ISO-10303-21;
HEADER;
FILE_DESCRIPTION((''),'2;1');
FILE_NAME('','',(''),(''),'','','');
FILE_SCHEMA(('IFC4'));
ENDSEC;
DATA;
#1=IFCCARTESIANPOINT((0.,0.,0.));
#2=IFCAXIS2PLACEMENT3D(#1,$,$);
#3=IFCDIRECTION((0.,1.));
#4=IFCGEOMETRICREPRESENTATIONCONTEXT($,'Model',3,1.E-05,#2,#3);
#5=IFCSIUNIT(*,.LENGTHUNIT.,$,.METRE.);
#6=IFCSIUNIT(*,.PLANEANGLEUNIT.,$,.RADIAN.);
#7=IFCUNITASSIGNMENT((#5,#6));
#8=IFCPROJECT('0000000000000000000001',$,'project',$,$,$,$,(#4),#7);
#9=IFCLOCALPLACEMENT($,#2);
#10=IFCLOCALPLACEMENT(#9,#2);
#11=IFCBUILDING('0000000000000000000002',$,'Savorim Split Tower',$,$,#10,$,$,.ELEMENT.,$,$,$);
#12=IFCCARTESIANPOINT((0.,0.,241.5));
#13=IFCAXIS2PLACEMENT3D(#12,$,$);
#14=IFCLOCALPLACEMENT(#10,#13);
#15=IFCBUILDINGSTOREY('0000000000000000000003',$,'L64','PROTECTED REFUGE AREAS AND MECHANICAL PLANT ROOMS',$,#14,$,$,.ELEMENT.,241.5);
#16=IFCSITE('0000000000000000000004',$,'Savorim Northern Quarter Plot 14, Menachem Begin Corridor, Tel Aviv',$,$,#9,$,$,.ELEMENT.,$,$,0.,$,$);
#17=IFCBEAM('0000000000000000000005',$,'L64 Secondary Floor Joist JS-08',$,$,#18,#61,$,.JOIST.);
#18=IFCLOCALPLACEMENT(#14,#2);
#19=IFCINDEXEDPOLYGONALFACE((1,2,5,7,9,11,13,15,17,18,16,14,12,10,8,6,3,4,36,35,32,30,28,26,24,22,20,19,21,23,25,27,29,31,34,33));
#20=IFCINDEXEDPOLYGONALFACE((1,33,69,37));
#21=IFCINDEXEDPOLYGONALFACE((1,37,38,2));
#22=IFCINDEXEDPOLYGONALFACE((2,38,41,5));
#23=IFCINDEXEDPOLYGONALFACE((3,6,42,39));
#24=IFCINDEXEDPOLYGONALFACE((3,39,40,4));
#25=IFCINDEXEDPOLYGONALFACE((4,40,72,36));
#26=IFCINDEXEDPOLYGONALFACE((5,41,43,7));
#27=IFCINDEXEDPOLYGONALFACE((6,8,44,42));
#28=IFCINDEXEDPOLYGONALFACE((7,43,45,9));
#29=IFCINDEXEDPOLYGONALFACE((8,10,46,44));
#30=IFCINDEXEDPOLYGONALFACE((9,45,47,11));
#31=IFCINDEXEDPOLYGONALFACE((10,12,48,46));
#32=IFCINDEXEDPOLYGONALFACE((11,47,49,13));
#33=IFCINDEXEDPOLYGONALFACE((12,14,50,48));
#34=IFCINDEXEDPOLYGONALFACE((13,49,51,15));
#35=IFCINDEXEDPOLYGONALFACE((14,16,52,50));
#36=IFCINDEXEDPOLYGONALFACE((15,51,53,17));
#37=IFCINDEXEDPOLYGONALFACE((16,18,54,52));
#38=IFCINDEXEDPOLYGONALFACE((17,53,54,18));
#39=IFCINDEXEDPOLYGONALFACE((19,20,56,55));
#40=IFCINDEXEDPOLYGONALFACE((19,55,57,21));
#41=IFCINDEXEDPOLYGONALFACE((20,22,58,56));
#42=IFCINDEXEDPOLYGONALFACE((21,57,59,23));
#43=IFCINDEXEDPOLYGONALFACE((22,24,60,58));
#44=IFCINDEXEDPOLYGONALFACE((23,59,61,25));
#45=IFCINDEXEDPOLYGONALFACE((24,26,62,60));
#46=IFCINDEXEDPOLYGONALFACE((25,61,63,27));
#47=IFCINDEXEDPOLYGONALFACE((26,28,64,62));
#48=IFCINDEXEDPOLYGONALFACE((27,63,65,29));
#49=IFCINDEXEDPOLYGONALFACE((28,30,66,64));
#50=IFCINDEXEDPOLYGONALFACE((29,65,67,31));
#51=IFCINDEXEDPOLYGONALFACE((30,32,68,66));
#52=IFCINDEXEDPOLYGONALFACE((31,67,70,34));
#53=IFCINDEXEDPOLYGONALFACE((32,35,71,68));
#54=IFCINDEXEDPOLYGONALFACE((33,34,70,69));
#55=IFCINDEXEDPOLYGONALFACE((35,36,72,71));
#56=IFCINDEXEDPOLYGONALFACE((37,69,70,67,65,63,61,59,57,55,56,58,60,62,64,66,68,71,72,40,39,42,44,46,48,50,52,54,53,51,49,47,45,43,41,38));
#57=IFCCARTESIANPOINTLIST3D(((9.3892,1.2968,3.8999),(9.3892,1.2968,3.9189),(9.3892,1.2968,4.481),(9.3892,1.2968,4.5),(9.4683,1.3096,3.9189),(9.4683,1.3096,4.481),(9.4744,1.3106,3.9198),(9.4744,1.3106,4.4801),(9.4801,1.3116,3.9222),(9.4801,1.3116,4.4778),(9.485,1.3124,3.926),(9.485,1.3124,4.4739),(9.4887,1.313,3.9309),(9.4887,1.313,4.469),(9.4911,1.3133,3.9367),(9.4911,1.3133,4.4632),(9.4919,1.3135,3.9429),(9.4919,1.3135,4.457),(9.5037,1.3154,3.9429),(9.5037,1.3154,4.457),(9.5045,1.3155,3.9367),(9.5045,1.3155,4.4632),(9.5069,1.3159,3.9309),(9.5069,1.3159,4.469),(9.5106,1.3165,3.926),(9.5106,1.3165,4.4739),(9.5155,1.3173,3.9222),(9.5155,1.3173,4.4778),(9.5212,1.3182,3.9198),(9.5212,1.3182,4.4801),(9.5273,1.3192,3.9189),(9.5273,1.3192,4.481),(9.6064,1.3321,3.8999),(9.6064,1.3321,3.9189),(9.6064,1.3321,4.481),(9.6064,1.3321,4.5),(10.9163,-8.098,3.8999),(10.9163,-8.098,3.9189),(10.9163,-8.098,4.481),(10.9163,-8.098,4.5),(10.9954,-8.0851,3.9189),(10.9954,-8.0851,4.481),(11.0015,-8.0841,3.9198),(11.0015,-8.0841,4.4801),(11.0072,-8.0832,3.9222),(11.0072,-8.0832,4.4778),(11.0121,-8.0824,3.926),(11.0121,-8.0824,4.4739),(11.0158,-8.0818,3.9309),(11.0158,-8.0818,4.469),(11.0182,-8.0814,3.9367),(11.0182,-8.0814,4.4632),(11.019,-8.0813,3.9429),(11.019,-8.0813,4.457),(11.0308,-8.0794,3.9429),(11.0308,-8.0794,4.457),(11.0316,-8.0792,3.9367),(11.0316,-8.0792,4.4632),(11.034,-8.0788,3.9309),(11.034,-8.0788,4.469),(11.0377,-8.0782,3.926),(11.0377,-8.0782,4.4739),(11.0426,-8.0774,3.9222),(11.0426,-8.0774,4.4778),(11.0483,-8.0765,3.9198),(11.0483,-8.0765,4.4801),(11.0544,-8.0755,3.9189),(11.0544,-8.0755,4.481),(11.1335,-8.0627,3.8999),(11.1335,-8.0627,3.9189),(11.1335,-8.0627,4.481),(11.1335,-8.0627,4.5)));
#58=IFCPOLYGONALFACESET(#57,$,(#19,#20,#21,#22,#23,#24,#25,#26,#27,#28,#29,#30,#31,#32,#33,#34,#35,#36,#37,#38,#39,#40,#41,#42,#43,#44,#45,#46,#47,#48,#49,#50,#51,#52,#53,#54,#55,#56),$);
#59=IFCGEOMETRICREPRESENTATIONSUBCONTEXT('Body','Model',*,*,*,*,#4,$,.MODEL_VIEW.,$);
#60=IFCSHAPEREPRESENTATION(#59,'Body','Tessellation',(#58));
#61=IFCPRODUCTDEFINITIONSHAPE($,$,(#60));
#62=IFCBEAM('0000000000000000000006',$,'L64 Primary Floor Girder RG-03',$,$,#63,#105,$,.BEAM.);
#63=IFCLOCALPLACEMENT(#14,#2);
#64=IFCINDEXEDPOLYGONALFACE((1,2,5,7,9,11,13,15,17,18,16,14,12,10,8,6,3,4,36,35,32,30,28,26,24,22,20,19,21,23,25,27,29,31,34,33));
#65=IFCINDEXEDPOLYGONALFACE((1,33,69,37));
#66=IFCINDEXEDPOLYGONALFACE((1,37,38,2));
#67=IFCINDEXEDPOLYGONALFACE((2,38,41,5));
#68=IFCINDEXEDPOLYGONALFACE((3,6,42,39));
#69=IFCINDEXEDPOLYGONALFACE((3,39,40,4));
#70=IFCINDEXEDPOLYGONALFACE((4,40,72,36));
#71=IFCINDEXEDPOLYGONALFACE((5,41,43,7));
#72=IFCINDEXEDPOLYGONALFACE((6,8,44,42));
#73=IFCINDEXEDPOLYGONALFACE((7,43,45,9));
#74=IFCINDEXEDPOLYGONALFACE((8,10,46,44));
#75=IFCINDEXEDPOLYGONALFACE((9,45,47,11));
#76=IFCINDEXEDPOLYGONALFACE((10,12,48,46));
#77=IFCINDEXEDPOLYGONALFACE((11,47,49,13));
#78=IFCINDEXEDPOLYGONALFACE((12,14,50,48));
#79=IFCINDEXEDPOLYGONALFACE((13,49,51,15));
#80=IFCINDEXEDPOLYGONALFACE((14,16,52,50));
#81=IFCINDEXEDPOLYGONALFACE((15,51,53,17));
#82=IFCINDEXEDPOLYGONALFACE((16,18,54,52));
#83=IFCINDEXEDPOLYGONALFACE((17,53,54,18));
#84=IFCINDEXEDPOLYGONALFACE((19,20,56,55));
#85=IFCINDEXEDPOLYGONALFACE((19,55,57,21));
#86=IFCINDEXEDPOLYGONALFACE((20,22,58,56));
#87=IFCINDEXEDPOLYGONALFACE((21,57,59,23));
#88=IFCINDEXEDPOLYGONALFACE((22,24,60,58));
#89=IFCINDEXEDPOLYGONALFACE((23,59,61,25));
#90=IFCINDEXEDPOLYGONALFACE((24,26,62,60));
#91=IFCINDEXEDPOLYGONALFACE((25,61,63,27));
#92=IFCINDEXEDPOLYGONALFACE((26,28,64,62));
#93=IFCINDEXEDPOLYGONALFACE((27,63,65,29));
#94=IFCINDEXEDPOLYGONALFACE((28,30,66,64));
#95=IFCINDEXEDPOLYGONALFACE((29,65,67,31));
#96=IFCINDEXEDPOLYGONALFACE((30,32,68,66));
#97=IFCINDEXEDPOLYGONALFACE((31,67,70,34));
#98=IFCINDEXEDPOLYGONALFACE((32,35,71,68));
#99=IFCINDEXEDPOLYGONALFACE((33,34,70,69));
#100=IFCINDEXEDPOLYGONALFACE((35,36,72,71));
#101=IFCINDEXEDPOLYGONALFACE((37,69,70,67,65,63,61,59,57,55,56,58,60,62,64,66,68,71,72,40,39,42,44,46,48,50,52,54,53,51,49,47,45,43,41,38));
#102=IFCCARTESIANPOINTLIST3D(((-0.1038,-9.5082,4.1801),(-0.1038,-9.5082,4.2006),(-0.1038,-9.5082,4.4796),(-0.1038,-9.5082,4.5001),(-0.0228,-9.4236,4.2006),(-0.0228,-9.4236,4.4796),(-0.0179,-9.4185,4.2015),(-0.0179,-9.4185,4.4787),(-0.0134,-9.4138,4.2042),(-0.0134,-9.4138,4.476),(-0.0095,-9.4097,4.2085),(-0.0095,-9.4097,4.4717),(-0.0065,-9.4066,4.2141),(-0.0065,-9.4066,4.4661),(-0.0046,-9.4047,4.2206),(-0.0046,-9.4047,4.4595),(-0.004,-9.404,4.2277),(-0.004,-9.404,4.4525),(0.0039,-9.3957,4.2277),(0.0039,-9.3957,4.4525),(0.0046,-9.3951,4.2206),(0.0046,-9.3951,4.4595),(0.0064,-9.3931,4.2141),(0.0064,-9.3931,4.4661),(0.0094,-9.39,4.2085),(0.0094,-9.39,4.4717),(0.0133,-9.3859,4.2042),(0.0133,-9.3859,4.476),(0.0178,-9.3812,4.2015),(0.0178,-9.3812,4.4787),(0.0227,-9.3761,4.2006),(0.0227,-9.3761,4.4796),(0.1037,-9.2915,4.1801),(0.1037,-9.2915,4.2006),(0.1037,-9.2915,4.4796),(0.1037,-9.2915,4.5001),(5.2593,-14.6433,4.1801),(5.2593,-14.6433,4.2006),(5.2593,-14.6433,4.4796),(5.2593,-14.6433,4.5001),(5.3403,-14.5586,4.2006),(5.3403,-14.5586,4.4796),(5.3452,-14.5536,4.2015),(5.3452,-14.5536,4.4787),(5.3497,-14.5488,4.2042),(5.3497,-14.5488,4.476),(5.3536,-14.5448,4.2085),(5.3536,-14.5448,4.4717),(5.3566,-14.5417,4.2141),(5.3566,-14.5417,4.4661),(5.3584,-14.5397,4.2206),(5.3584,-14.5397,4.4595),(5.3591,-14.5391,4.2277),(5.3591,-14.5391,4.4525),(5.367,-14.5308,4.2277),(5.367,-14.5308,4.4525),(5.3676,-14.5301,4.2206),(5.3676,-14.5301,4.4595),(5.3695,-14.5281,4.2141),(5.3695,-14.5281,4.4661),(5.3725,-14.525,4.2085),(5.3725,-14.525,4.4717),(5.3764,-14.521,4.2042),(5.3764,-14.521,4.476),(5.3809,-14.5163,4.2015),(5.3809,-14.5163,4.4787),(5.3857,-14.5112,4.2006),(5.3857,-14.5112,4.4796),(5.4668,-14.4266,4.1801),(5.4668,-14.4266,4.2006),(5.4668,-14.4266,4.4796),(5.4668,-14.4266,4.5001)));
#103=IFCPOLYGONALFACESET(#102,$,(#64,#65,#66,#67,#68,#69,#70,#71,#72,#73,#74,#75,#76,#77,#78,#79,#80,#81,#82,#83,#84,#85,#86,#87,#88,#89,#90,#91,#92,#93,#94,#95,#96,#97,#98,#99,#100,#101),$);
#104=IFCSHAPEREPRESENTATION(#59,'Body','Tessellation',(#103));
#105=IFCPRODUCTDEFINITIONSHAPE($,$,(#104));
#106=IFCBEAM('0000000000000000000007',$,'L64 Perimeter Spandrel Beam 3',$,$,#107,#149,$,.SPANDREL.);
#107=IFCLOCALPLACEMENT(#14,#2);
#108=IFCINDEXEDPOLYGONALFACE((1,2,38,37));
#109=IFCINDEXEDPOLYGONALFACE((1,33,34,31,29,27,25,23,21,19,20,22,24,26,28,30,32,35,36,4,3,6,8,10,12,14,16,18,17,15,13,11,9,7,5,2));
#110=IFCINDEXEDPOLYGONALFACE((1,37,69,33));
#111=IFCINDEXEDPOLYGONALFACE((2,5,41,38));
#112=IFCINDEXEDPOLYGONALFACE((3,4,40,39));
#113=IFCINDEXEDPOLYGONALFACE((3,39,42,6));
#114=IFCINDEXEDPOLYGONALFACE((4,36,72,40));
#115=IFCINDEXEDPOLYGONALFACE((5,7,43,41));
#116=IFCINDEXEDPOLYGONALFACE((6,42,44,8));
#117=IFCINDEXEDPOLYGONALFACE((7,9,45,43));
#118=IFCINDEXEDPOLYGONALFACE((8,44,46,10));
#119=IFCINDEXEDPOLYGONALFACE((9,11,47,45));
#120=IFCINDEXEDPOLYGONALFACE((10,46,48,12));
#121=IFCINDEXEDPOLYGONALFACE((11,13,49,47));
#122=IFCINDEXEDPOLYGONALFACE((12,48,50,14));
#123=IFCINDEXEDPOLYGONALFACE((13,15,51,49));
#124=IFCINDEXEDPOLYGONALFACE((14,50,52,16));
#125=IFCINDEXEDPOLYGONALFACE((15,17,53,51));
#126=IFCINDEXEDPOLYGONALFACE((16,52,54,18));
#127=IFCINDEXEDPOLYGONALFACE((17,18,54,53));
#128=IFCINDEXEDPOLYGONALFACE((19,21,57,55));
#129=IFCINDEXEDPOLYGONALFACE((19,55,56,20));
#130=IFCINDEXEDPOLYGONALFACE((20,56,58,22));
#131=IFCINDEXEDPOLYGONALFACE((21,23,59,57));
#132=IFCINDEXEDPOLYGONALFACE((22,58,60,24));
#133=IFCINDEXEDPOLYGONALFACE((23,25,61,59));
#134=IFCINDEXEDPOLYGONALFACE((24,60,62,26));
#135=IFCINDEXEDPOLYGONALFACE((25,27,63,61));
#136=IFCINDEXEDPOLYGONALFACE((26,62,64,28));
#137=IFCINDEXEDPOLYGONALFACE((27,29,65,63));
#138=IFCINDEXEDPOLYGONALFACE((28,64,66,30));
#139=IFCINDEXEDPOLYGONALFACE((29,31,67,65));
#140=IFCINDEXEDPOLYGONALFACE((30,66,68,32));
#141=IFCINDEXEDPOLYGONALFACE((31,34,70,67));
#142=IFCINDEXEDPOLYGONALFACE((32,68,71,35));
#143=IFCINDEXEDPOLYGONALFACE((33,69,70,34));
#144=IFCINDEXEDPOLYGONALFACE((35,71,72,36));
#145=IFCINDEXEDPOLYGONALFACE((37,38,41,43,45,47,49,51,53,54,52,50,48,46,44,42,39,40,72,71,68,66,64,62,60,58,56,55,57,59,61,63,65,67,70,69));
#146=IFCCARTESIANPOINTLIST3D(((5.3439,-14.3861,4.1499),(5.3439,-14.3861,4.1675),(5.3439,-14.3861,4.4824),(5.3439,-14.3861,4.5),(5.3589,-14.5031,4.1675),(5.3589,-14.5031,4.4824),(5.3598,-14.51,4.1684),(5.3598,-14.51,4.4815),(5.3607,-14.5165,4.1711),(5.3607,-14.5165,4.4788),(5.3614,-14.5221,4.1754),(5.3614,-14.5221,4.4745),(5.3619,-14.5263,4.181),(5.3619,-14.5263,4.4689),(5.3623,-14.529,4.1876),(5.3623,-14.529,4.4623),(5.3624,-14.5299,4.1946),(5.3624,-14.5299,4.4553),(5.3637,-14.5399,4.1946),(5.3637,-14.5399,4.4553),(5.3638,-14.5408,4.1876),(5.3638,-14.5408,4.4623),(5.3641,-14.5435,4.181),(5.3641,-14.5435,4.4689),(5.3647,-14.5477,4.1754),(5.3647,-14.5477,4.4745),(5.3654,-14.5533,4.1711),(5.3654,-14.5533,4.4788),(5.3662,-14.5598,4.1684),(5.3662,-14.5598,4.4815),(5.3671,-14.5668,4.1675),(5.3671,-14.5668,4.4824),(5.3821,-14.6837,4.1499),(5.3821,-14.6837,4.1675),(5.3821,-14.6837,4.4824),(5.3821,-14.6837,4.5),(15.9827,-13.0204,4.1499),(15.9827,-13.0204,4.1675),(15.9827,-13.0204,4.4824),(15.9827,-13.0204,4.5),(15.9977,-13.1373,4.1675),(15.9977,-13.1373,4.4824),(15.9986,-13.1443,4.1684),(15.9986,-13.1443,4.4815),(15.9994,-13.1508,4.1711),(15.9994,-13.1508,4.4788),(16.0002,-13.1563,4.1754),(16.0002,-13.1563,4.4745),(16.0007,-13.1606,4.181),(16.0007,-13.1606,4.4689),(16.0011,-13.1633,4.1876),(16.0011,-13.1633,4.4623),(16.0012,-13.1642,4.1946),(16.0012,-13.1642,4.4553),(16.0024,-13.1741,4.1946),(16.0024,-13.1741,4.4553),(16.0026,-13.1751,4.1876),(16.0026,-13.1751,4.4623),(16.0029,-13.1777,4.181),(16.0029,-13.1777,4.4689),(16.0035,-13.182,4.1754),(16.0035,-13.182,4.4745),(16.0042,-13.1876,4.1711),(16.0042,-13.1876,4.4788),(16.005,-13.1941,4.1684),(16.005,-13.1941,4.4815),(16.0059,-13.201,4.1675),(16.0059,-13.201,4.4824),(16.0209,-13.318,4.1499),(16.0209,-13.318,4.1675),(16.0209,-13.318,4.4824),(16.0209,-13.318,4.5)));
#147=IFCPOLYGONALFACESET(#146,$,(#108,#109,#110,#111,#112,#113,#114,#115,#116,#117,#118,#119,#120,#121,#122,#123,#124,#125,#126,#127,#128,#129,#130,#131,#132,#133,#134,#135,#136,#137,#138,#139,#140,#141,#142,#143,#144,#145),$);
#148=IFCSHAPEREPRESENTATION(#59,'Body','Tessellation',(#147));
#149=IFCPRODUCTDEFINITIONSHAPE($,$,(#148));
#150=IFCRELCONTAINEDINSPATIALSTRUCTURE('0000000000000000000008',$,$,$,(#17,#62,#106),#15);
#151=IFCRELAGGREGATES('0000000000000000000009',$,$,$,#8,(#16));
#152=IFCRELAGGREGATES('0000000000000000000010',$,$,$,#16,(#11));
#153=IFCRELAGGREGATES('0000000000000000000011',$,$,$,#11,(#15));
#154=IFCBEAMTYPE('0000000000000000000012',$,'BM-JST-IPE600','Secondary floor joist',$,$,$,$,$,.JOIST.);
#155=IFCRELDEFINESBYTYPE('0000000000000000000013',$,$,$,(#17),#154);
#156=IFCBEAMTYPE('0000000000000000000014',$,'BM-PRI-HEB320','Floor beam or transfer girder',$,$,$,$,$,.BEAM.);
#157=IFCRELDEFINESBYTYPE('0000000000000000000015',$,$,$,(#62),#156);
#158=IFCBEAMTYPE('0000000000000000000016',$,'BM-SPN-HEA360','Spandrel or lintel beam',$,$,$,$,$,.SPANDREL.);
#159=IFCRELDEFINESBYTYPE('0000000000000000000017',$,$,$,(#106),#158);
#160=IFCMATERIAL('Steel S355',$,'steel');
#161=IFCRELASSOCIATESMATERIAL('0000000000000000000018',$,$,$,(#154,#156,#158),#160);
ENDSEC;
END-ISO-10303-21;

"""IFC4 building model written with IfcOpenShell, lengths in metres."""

from ifc_helpers import new_model, si_unit, direction, frame, origin, origin_2d, place, context, subcontext, project, spatial, i_section, extrude, material, material_profile, profile_set, type_object, element, save


model = new_model("IFC4")

# Units and contexts
model_context = context("Model", 3, precision=1e-05, world=origin(), true_north=direction((0.0, 1.0)))
body_context = subcontext(model_context, "Body", "Model", "MODEL_VIEW")
ifc_project = project(units=[si_unit("LENGTHUNIT", "METRE"), si_unit("PLANEANGLEUNIT", "RADIAN")], contexts=[model_context])

# Site, building, storey
site_placement = place(None, origin())
site = spatial("IfcSite", under=ifc_project, at=site_placement, Name="Savorim Northern Quarter Plot 14, Menachem Begin Corridor, Tel Aviv", CompositionType="ELEMENT", RefElevation=0.0)
building_placement = place(site_placement, origin())
building = spatial("IfcBuilding", under=site, at=building_placement, Name="Savorim Split Tower", CompositionType="ELEMENT")
storey_placement = place(building_placement, frame((0.0, 0.0, 241.5)))
storey = spatial("IfcBuildingStorey", under=building, at=storey_placement, Name="L64", Description="PROTECTED REFUGE AREAS AND MECHANICAL PLANT ROOMS", CompositionType="ELEMENT", Elevation=241.5)

# Shared definitions
ifc_material_1 = material(Name="Steel S355", Category="steel")

# Beams
ifc_material_profile_1 = material_profile(ifc_material_1, i_section(OverallWidth=0.22, OverallDepth=0.6001, WebThickness=0.012, FlangeThickness=0.019, FilletRadius=0.0239, at=origin_2d()), Name="IPE 600")
ifc_profile_set_1 = profile_set([ifc_material_profile_1], Name="Steel S355")
beam_type_1 = type_object("IfcBeamType", Name="BM-JST-IPE600", Description="Secondary floor joist", PredefinedType="JOIST", material=ifc_profile_set_1)
beam_1_placement = place(storey_placement, frame((11.0249, -8.0803, 4.2), z_axis=(-0.160442, 0.987045, 0.0), x_axis=(-0.987045, -0.160442, 0.0)))
element("IfcBeam", 1, at=beam_1_placement, inside=storey, type_object=beam_type_1, Name="L64 Secondary Floor Joist JS-08", PredefinedType="JOIST", context=body_context, shape_type="SweptSolid", body=[
    extrude(i_section(OverallWidth=0.22, OverallDepth=0.6001, WebThickness=0.012, FlangeThickness=0.019, FilletRadius=0.0239, at=origin_2d()), origin(), (0.0, 0.0, 1.0), 9.5181),
])
ifc_material_profile_2 = material_profile(ifc_material_1, i_section(OverallWidth=0.3, OverallDepth=0.3201, WebThickness=0.0115, FlangeThickness=0.0205, FilletRadius=0.0271, at=origin_2d()), Name="HEB 320")
ifc_profile_set_2 = profile_set([ifc_material_profile_2], Name="Steel S355")
beam_type_2 = type_object("IfcBeamType", Name="BM-PRI-HEB320", Description="Floor beam or transfer girder", PredefinedType="BEAM", material=ifc_profile_set_2)
beam_2_placement = place(storey_placement, frame((5.363, -14.5349, 4.3401), z_axis=(-0.722295, 0.691585, 0.0), x_axis=(-0.691585, -0.722295, 0.0)))
element("IfcBeam", 2, at=beam_2_placement, inside=storey, type_object=beam_type_2, Name="L64 Primary Floor Girder RG-03", PredefinedType="BEAM", context=body_context, shape_type="SweptSolid", body=[
    extrude(i_section(OverallWidth=0.3, OverallDepth=0.3201, WebThickness=0.0115, FlangeThickness=0.0205, FilletRadius=0.0271, at=origin_2d()), origin(), (0.0, 0.0, 1.0), 7.425),
])
ifc_material_profile_3 = material_profile(ifc_material_1, i_section(OverallWidth=0.3, OverallDepth=0.3501, WebThickness=0.01, FlangeThickness=0.0176, FilletRadius=0.0271, at=origin_2d()), Name="HEA 360")
ifc_profile_set_3 = profile_set([ifc_material_profile_3], Name="Steel S355")
beam_type_3 = type_object("IfcBeamType", Name="BM-SPN-HEA360", Description="Spandrel or lintel beam", PredefinedType="SPANDREL", material=ifc_profile_set_3)
beam_3_placement = place(storey_placement, frame((5.363, -14.5349, 4.325), z_axis=(0.991861, 0.127329, 0.0), x_axis=(-0.127329, 0.991861, 0.0)))
element("IfcBeam", 3, at=beam_3_placement, inside=storey, type_object=beam_type_3, Name="L64 Perimeter Spandrel Beam 3", PredefinedType="SPANDREL", context=body_context, shape_type="SweptSolid", body=[
    extrude(i_section(OverallWidth=0.3, OverallDepth=0.3501, WebThickness=0.01, FlangeThickness=0.0176, FilletRadius=0.0271, at=origin_2d()), origin(), (0.0, 0.0, 1.0), 10.7261),
])

save(model, "model.ifc")
